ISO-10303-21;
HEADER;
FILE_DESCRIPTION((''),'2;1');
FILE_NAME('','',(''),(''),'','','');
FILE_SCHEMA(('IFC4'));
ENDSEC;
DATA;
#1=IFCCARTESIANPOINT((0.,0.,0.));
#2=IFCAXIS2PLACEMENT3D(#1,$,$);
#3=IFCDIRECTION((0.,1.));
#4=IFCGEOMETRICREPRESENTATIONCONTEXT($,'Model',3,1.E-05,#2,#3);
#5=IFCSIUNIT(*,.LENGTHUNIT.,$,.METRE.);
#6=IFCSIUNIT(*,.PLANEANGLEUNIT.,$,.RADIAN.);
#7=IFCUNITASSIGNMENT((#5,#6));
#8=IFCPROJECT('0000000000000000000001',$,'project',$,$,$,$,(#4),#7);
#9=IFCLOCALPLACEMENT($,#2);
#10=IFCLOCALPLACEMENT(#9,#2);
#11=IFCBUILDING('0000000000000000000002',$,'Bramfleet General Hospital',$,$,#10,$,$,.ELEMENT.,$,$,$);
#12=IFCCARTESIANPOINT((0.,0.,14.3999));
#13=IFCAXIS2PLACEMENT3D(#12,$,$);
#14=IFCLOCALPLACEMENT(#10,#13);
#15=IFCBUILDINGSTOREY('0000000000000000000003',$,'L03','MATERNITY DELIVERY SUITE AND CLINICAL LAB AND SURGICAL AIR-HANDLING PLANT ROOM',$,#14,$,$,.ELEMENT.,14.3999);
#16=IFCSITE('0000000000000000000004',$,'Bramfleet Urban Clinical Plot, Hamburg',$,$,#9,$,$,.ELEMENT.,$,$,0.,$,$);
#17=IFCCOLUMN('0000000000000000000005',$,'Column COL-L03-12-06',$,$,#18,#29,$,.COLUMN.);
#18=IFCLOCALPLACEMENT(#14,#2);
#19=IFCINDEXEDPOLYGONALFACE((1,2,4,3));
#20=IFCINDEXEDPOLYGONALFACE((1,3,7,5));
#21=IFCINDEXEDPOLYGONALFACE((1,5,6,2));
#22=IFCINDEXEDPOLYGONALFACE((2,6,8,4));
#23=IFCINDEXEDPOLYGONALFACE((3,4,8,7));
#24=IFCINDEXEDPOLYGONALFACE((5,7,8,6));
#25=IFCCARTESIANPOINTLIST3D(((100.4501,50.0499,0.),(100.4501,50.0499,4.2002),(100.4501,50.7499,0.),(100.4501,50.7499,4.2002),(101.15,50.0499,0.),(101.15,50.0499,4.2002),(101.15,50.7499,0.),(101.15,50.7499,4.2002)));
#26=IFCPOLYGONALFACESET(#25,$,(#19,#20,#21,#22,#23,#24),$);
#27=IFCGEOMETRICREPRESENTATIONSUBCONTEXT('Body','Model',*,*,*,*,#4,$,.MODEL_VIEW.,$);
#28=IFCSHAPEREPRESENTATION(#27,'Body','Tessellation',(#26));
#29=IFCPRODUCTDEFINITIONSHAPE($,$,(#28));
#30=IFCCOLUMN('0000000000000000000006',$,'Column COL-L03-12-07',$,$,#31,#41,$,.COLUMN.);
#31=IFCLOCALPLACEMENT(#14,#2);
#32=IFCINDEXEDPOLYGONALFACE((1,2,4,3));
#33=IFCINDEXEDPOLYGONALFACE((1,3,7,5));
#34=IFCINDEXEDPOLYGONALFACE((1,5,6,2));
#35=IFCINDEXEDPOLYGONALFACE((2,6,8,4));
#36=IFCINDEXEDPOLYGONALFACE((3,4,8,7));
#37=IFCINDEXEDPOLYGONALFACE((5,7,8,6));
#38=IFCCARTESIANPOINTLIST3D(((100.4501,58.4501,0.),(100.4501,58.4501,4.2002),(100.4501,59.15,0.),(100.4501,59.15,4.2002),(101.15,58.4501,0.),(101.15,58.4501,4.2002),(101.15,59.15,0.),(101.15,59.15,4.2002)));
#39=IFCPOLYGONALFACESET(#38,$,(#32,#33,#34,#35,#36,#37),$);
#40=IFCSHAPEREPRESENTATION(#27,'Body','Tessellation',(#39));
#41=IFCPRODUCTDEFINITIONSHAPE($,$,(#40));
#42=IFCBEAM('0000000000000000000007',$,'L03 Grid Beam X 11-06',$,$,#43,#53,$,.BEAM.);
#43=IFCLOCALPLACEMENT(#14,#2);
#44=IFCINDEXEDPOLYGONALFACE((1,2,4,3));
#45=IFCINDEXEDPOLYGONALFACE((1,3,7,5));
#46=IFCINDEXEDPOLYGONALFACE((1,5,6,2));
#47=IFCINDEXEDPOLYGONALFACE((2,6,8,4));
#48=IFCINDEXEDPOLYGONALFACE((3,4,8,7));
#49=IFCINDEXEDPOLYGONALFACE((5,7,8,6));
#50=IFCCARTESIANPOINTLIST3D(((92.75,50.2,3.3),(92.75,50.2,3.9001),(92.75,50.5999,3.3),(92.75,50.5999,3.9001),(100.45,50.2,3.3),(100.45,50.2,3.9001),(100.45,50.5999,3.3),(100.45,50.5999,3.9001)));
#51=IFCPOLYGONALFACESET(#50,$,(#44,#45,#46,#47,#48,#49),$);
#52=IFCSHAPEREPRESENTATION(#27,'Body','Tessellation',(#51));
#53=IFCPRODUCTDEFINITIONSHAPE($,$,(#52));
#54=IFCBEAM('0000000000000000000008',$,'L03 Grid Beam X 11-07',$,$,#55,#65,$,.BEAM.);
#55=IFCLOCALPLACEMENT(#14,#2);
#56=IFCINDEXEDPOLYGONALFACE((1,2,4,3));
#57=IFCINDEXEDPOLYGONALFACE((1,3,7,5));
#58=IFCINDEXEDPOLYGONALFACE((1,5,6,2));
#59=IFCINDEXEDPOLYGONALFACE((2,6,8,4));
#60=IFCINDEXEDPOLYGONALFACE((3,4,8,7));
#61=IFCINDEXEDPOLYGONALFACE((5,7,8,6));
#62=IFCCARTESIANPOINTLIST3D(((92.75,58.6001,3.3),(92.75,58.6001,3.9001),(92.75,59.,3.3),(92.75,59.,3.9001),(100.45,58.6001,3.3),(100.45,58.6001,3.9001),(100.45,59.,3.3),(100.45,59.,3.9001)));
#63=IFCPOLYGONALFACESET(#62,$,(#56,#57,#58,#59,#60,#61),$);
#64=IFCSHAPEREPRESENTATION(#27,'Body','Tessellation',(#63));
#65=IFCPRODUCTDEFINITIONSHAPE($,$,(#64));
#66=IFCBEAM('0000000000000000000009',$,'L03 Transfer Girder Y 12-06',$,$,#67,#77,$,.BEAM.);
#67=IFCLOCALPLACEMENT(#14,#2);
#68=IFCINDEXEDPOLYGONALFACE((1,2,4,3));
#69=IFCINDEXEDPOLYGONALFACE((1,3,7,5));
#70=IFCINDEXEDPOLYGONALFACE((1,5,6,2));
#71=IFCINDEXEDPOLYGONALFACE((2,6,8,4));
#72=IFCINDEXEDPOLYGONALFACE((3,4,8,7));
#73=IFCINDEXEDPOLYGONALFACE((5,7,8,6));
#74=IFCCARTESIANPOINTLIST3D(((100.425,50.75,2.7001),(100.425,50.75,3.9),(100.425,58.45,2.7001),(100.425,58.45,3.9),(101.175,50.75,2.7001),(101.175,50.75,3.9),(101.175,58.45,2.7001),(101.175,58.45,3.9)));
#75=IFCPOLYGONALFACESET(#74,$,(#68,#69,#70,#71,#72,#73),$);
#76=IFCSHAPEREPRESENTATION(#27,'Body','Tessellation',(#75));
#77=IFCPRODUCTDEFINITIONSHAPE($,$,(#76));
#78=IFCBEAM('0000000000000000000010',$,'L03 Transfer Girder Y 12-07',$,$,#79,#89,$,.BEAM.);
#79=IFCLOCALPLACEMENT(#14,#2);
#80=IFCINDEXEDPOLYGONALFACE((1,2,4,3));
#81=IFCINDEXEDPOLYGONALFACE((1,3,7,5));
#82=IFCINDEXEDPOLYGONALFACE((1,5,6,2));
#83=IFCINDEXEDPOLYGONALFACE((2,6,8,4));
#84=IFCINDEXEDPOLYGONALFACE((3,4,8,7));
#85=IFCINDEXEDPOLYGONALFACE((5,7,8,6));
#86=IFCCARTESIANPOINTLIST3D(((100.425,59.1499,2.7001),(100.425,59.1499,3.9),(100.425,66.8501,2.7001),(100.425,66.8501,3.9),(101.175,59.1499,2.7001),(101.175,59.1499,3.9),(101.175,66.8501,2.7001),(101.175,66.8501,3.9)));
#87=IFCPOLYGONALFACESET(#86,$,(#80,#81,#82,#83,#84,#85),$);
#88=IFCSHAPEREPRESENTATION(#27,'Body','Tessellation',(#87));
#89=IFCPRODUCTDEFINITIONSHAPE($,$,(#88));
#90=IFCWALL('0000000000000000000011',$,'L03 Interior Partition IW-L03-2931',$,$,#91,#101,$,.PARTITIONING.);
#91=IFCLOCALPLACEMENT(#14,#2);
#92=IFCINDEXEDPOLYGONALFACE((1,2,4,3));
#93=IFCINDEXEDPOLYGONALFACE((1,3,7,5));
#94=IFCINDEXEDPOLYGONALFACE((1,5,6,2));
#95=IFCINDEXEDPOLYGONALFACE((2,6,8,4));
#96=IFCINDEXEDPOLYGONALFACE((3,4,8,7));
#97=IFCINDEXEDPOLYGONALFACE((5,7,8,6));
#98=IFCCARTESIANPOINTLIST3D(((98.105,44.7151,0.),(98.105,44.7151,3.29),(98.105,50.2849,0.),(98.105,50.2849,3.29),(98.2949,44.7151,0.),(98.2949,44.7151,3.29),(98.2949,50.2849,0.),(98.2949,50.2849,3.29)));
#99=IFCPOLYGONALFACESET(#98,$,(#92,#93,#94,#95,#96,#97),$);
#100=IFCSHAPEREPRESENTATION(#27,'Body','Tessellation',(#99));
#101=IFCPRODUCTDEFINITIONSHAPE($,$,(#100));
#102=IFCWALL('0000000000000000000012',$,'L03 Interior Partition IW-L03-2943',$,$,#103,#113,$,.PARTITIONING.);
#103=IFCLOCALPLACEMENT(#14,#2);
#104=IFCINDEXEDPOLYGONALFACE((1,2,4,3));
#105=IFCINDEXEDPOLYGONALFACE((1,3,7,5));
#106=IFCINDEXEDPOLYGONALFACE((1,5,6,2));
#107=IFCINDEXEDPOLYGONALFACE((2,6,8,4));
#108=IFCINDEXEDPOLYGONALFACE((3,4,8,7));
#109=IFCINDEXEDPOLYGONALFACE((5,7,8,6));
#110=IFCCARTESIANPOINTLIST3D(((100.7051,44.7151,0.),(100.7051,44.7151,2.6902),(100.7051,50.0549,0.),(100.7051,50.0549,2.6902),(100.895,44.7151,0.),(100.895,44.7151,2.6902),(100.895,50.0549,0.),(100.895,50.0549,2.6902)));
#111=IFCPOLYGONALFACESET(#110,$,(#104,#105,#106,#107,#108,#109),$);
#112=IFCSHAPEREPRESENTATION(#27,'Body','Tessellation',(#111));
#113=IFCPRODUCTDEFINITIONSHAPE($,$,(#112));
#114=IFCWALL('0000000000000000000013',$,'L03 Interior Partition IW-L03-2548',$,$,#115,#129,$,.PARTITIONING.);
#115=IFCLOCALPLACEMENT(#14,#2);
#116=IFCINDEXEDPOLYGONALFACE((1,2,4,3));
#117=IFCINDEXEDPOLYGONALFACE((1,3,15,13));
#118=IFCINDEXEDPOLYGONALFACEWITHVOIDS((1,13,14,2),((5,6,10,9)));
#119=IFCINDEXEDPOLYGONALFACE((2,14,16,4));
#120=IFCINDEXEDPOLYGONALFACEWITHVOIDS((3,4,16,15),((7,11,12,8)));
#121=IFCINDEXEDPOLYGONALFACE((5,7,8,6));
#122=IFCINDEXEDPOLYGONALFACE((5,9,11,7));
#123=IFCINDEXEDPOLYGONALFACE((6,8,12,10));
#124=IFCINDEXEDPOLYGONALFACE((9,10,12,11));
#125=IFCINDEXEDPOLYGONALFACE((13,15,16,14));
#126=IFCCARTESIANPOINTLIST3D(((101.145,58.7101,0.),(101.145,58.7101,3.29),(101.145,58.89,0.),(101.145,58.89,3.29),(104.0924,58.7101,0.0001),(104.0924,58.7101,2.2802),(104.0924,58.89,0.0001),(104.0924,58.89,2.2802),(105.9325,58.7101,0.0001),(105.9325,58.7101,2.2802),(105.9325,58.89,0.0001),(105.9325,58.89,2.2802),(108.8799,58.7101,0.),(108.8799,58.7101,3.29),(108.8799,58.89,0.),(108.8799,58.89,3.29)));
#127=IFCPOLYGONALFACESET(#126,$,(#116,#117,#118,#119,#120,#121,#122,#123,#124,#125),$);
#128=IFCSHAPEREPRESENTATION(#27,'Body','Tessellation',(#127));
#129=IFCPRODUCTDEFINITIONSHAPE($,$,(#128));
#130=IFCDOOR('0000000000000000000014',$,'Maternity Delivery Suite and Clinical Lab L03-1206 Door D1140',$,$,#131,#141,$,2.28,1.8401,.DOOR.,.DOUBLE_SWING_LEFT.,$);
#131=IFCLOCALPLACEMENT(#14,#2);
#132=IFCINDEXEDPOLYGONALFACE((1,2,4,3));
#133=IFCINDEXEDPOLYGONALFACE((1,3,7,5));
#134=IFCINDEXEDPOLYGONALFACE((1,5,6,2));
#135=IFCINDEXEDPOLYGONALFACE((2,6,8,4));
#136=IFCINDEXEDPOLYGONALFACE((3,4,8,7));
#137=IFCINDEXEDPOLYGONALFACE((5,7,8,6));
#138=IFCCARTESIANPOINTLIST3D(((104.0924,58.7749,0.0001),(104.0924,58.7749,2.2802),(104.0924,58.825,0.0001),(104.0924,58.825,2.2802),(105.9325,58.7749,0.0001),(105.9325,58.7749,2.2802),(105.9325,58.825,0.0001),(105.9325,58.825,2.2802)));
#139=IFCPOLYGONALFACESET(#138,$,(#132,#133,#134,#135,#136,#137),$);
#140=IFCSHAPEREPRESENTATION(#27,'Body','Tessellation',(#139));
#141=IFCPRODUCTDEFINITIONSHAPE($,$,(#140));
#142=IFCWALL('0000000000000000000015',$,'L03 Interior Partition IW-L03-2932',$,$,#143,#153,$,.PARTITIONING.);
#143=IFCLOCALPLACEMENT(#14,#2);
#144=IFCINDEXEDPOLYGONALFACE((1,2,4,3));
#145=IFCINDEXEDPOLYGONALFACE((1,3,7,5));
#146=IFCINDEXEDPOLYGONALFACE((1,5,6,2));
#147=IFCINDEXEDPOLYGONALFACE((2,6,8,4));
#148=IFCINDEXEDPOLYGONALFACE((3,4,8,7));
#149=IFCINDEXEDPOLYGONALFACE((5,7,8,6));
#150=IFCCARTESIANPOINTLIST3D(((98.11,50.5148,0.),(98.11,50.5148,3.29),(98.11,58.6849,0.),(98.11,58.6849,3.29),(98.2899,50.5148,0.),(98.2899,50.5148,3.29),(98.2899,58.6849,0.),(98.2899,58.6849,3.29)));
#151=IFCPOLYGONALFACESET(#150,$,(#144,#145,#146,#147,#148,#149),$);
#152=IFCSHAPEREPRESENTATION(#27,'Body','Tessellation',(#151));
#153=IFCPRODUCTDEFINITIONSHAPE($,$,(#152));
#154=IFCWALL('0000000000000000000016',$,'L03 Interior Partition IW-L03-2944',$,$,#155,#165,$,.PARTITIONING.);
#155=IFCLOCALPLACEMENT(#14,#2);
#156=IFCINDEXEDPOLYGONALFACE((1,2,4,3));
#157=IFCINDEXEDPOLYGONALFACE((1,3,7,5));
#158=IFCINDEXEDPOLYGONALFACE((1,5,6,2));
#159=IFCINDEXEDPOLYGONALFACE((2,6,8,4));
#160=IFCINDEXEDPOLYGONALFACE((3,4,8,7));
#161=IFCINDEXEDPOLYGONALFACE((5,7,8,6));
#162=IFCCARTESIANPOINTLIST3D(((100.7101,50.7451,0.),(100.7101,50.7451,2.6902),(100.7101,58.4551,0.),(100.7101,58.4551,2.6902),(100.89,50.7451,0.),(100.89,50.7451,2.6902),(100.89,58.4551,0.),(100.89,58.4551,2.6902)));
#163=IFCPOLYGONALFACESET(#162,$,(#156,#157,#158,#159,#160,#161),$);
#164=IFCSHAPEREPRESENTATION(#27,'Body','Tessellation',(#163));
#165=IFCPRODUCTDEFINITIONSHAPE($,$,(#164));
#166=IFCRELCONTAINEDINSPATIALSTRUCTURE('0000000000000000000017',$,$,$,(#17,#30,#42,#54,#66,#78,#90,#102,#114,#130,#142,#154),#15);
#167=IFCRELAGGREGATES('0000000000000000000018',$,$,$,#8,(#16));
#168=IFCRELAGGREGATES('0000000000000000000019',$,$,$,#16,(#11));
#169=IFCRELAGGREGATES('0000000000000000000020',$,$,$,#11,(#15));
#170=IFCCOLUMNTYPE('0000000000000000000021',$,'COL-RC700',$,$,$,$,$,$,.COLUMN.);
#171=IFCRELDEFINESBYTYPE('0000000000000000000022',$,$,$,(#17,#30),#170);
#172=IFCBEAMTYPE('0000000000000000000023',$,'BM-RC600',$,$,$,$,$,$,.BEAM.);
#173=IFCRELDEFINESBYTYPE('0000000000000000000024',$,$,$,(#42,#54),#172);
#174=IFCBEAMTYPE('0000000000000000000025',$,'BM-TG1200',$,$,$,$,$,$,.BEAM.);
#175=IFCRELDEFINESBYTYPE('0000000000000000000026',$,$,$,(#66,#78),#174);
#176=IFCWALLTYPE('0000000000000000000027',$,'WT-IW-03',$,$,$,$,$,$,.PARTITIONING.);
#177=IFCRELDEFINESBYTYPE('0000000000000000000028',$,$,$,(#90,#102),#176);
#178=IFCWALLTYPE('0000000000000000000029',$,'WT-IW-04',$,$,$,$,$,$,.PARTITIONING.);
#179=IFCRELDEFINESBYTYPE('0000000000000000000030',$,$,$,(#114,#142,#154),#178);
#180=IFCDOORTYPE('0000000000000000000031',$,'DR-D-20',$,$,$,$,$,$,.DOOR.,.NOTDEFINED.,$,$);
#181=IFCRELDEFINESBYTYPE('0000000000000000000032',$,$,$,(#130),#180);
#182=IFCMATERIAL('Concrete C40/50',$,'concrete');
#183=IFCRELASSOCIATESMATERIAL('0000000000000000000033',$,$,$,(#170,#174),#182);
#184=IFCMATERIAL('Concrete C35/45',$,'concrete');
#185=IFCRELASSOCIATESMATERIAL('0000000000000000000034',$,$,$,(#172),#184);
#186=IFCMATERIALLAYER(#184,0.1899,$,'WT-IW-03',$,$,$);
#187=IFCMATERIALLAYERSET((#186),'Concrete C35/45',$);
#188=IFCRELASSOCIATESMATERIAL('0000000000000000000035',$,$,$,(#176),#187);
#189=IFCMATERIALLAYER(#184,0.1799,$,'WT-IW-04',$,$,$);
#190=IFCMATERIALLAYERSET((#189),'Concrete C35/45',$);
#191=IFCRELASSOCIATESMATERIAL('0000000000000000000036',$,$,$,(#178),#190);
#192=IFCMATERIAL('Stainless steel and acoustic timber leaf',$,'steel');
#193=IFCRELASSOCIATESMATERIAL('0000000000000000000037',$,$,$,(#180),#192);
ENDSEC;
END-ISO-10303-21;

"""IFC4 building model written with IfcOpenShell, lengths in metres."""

from ifc_helpers import new_model, si_unit, direction, frame, frame_2d, origin, origin_2d, place, context, subcontext, project, spatial, rectangle, extrude, material, layer, layer_set, material_profile, profile_set, type_object, element, fill, save


model = new_model("IFC4")

# Units and contexts
model_context = context("Model", 3, precision=1e-05, world=origin(), true_north=direction((0.0, 1.0)))
body_context = subcontext(model_context, "Body", "Model", "MODEL_VIEW")
ifc_project = project(units=[si_unit("LENGTHUNIT", "METRE"), si_unit("PLANEANGLEUNIT", "RADIAN")], contexts=[model_context])

# Site, building, storey
site_placement = place(None, origin())
site = spatial("IfcSite", under=ifc_project, at=site_placement, Name="Bramfleet Urban Clinical Plot, Hamburg", CompositionType="ELEMENT", RefElevation=0.0)
building_placement = place(site_placement, origin())
building = spatial("IfcBuilding", under=site, at=building_placement, Name="Bramfleet General Hospital", CompositionType="ELEMENT")
storey_placement = place(building_placement, frame((0.0, 0.0, 14.3999)))
storey = spatial("IfcBuildingStorey", under=building, at=storey_placement, Name="L03", Description="MATERNITY DELIVERY SUITE AND CLINICAL LAB AND SURGICAL AIR-HANDLING PLANT ROOM", CompositionType="ELEMENT", Elevation=14.3999)

# Columns
ifc_material_1 = material(Name="Concrete C40/50", Category="concrete")
ifc_material_profile_1 = material_profile(ifc_material_1, rectangle(XDim=0.7, YDim=0.7, at=origin_2d()), Name="RC COL 700x700")
ifc_profile_set_1 = profile_set([ifc_material_profile_1], Name="Concrete C40/50")
column_type = type_object("IfcColumnType", Name="COL-RC700", PredefinedType="COLUMN", material=ifc_profile_set_1)
for number, where, z_axis, x_axis, name in (
    (1, (100.8, 50.3999, 0.0), (0.0, 0.0, 1.0), (1.0, 0.0, 0.0), "Column COL-L03-12-06"),
    (2, (100.8, 58.8, 0.0), (0.0, 0.0, 1.0), (1.0, 0.0, 0.0), "Column COL-L03-12-07"),
):
    element("IfcColumn", number, at=place(storey_placement, frame(where, z_axis=z_axis, x_axis=x_axis)), inside=storey, type_object=column_type, Name=name, PredefinedType="COLUMN", context=body_context, shape_type="SweptSolid", body=[
        extrude(rectangle(XDim=0.7, YDim=0.7, at=origin_2d()), origin(), (0.0, 0.0, 1.0), 4.2002),
    ])

# Beams
ifc_material_2 = material(Name="Concrete C35/45", Category="concrete")
ifc_material_profile_2 = material_profile(ifc_material_2, rectangle(XDim=0.3999, YDim=0.6001, at=origin_2d()), Name="RC BM 600x400")
ifc_profile_set_2 = profile_set([ifc_material_profile_2], Name="Concrete C35/45")
beam_type_1 = type_object("IfcBeamType", Name="BM-RC600", PredefinedType="BEAM", material=ifc_profile_set_2)
for number, where, z_axis, x_axis, name in (
    (3, (92.75, 50.3999, 3.6001), (1.0, 0.0, 0.0), (0.0, 1.0, 0.0), "L03 Grid Beam X 11-06"),
    (4, (92.75, 58.8, 3.6001), (1.0, 0.0, 0.0), (0.0, 1.0, 0.0), "L03 Grid Beam X 11-07"),
):
    element("IfcBeam", number, at=place(storey_placement, frame(where, z_axis=z_axis, x_axis=x_axis)), inside=storey, type_object=beam_type_1, Name=name, PredefinedType="BEAM", context=body_context, shape_type="SweptSolid", body=[
        extrude(rectangle(XDim=0.3999, YDim=0.6001, at=origin_2d()), origin(), (0.0, 0.0, 1.0), 7.7),
    ])
ifc_material_profile_3 = material_profile(ifc_material_1, rectangle(XDim=0.75, YDim=1.2, at=origin_2d()), Name="RC TG 1200x750")
ifc_profile_set_3 = profile_set([ifc_material_profile_3], Name="Concrete C40/50")
beam_type_2 = type_object("IfcBeamType", Name="BM-TG1200", PredefinedType="BEAM", material=ifc_profile_set_3)
beam_1_placement = place(storey_placement, frame((100.8, 50.75, 3.3), z_axis=(0.0, 1.0, 0.0), x_axis=(-1.0, 0.0, 0.0)))
element("IfcBeam", 5, at=beam_1_placement, inside=storey, type_object=beam_type_2, Name="L03 Transfer Girder Y 12-06", PredefinedType="BEAM", context=body_context, shape_type="SweptSolid", body=[
    extrude(rectangle(XDim=0.75, YDim=1.2, at=origin_2d()), origin(), (0.0, 0.0, 1.0), 7.7),
])
beam_2_placement = place(storey_placement, frame((100.8, 59.1499, 3.3), z_axis=(0.0, 1.0, 0.0), x_axis=(-1.0, 0.0, 0.0)))
element("IfcBeam", 6, at=beam_2_placement, inside=storey, type_object=beam_type_2, Name="L03 Transfer Girder Y 12-07", PredefinedType="BEAM", context=body_context, shape_type="SweptSolid", body=[
    extrude(rectangle(XDim=0.75, YDim=1.2, at=origin_2d()), origin(), (0.0, 0.0, 1.0), 7.7002),
])

# Shared definitions
ifc_layer_1 = layer(ifc_material_2, 0.1899, Name="WT-IW-03")
ifc_layer_set_1 = layer_set([ifc_layer_1], Name="Concrete C35/45")
wall_type_1 = type_object("IfcWallType", Name="WT-IW-03", PredefinedType="PARTITIONING", material=ifc_layer_set_1)
ifc_material_3 = material(Name="Stainless steel and acoustic timber leaf", Category="steel")

# Walls
wall_1_placement = place(storey_placement, frame((98.2, 44.7151, 0.0), z_axis=(0.0, 0.0, 1.0), x_axis=(0.0, 1.0, 0.0)))
element("IfcWall", 7, at=wall_1_placement, inside=storey, type_object=wall_type_1, Name="L03 Interior Partition IW-L03-2931", PredefinedType="PARTITIONING", context=body_context, shape_type="SweptSolid", body=[
    extrude(rectangle(XDim=5.5698, YDim=0.1899, at=frame_2d((2.7849, 0.0))), origin(), (0.0, 0.0, 1.0), 3.29),
])
wall_2_placement = place(storey_placement, frame((100.8, 44.7151, 0.0), z_axis=(0.0, 0.0, 1.0), x_axis=(0.0, 1.0, 0.0)))
element("IfcWall", 8, at=wall_2_placement, inside=storey, type_object=wall_type_1, Name="L03 Interior Partition IW-L03-2943", PredefinedType="PARTITIONING", context=body_context, shape_type="SweptSolid", body=[
    extrude(rectangle(XDim=5.3398, YDim=0.1899, at=frame_2d((2.6699, 0.0))), origin(), (0.0, 0.0, 1.0), 2.6902),
])

# Wall, opening, door
ifc_layer_2 = layer(ifc_material_2, 0.1799, Name="WT-IW-04")
ifc_layer_set_2 = layer_set([ifc_layer_2], Name="Concrete C35/45")
wall_type_2 = type_object("IfcWallType", Name="WT-IW-04", PredefinedType="PARTITIONING", material=ifc_layer_set_2)
wall_3_placement = place(storey_placement, frame((101.145, 58.8, 0.0), z_axis=(0.0, 0.0, 1.0), x_axis=(1.0, 0.0, 0.0)))
wall_3 = element("IfcWall", 9, at=wall_3_placement, inside=storey, type_object=wall_type_2, Name="L03 Interior Partition IW-L03-2548", PredefinedType="PARTITIONING", context=body_context, shape_type="SweptSolid", body=[
    extrude(rectangle(XDim=7.7349, YDim=0.1799, at=frame_2d((3.8674, 0.0))), origin(), (0.0, 0.0, 1.0), 3.29),
])
opening_1_placement = place(wall_3_placement, frame((2.9475, 0.0, 0.0)))
opening_1 = element("IfcOpeningElement", 10, at=opening_1_placement, cuts=wall_3, PredefinedType="OPENING", context=body_context, shape_type="SweptSolid", body=[
    extrude(rectangle(XDim=1.8401, YDim=2.28, at=frame_2d((0.9199, 1.1401))), frame((0.0, 0.0999, 0.0), z_axis=(0.0, -1.0, 0.0), x_axis=(1.0, 0.0, 0.0)), (0.0, 0.0, 1.0), 0.2),
])
door_type_1 = type_object("IfcDoorType", Name="DR-D-20", OperationType="NOTDEFINED", PredefinedType="DOOR", material=ifc_material_3)
door_1_placement = place(opening_1_placement, origin())
door_1 = element("IfcDoor", 11, at=door_1_placement, inside=storey, type_object=door_type_1, Name="Maternity Delivery Suite and Clinical Lab L03-1206 Door D1140", OperationType="DOUBLE_SWING_LEFT", OverallHeight=2.28, OverallWidth=1.8401, PredefinedType="DOOR", context=body_context, shape_type="SweptSolid", body=[
    extrude(rectangle(XDim=1.8401, YDim=2.28, at=frame_2d((0.9199, 1.1401))), frame((0.0, 0.0249, 0.0), z_axis=(0.0, -1.0, 0.0), x_axis=(1.0, 0.0, 0.0)), (0.0, 0.0, 1.0), 0.05),
])
fill(opening_1, door_1)

# Walls
wall_4_placement = place(storey_placement, frame((98.2, 50.5149, 0.0), z_axis=(0.0, 0.0, 1.0), x_axis=(0.0, 1.0, 0.0)))
element("IfcWall", 12, at=wall_4_placement, inside=storey, type_object=wall_type_2, Name="L03 Interior Partition IW-L03-2932", PredefinedType="PARTITIONING", context=body_context, shape_type="SweptSolid", body=[
    extrude(rectangle(XDim=8.1702, YDim=0.1799, at=frame_2d((4.085, 0.0))), origin(), (0.0, 0.0, 1.0), 3.29),
])
wall_5_placement = place(storey_placement, frame((100.8, 50.7451, 0.0), z_axis=(0.0, 0.0, 1.0), x_axis=(0.0, 1.0, 0.0)))
element("IfcWall", 13, at=wall_5_placement, inside=storey, type_object=wall_type_2, Name="L03 Interior Partition IW-L03-2944", PredefinedType="PARTITIONING", context=body_context, shape_type="SweptSolid", body=[
    extrude(rectangle(XDim=7.71, YDim=0.1799, at=frame_2d((3.855, 0.0))), origin(), (0.0, 0.0, 1.0), 2.6902),
])

save(model, "model.ifc")
